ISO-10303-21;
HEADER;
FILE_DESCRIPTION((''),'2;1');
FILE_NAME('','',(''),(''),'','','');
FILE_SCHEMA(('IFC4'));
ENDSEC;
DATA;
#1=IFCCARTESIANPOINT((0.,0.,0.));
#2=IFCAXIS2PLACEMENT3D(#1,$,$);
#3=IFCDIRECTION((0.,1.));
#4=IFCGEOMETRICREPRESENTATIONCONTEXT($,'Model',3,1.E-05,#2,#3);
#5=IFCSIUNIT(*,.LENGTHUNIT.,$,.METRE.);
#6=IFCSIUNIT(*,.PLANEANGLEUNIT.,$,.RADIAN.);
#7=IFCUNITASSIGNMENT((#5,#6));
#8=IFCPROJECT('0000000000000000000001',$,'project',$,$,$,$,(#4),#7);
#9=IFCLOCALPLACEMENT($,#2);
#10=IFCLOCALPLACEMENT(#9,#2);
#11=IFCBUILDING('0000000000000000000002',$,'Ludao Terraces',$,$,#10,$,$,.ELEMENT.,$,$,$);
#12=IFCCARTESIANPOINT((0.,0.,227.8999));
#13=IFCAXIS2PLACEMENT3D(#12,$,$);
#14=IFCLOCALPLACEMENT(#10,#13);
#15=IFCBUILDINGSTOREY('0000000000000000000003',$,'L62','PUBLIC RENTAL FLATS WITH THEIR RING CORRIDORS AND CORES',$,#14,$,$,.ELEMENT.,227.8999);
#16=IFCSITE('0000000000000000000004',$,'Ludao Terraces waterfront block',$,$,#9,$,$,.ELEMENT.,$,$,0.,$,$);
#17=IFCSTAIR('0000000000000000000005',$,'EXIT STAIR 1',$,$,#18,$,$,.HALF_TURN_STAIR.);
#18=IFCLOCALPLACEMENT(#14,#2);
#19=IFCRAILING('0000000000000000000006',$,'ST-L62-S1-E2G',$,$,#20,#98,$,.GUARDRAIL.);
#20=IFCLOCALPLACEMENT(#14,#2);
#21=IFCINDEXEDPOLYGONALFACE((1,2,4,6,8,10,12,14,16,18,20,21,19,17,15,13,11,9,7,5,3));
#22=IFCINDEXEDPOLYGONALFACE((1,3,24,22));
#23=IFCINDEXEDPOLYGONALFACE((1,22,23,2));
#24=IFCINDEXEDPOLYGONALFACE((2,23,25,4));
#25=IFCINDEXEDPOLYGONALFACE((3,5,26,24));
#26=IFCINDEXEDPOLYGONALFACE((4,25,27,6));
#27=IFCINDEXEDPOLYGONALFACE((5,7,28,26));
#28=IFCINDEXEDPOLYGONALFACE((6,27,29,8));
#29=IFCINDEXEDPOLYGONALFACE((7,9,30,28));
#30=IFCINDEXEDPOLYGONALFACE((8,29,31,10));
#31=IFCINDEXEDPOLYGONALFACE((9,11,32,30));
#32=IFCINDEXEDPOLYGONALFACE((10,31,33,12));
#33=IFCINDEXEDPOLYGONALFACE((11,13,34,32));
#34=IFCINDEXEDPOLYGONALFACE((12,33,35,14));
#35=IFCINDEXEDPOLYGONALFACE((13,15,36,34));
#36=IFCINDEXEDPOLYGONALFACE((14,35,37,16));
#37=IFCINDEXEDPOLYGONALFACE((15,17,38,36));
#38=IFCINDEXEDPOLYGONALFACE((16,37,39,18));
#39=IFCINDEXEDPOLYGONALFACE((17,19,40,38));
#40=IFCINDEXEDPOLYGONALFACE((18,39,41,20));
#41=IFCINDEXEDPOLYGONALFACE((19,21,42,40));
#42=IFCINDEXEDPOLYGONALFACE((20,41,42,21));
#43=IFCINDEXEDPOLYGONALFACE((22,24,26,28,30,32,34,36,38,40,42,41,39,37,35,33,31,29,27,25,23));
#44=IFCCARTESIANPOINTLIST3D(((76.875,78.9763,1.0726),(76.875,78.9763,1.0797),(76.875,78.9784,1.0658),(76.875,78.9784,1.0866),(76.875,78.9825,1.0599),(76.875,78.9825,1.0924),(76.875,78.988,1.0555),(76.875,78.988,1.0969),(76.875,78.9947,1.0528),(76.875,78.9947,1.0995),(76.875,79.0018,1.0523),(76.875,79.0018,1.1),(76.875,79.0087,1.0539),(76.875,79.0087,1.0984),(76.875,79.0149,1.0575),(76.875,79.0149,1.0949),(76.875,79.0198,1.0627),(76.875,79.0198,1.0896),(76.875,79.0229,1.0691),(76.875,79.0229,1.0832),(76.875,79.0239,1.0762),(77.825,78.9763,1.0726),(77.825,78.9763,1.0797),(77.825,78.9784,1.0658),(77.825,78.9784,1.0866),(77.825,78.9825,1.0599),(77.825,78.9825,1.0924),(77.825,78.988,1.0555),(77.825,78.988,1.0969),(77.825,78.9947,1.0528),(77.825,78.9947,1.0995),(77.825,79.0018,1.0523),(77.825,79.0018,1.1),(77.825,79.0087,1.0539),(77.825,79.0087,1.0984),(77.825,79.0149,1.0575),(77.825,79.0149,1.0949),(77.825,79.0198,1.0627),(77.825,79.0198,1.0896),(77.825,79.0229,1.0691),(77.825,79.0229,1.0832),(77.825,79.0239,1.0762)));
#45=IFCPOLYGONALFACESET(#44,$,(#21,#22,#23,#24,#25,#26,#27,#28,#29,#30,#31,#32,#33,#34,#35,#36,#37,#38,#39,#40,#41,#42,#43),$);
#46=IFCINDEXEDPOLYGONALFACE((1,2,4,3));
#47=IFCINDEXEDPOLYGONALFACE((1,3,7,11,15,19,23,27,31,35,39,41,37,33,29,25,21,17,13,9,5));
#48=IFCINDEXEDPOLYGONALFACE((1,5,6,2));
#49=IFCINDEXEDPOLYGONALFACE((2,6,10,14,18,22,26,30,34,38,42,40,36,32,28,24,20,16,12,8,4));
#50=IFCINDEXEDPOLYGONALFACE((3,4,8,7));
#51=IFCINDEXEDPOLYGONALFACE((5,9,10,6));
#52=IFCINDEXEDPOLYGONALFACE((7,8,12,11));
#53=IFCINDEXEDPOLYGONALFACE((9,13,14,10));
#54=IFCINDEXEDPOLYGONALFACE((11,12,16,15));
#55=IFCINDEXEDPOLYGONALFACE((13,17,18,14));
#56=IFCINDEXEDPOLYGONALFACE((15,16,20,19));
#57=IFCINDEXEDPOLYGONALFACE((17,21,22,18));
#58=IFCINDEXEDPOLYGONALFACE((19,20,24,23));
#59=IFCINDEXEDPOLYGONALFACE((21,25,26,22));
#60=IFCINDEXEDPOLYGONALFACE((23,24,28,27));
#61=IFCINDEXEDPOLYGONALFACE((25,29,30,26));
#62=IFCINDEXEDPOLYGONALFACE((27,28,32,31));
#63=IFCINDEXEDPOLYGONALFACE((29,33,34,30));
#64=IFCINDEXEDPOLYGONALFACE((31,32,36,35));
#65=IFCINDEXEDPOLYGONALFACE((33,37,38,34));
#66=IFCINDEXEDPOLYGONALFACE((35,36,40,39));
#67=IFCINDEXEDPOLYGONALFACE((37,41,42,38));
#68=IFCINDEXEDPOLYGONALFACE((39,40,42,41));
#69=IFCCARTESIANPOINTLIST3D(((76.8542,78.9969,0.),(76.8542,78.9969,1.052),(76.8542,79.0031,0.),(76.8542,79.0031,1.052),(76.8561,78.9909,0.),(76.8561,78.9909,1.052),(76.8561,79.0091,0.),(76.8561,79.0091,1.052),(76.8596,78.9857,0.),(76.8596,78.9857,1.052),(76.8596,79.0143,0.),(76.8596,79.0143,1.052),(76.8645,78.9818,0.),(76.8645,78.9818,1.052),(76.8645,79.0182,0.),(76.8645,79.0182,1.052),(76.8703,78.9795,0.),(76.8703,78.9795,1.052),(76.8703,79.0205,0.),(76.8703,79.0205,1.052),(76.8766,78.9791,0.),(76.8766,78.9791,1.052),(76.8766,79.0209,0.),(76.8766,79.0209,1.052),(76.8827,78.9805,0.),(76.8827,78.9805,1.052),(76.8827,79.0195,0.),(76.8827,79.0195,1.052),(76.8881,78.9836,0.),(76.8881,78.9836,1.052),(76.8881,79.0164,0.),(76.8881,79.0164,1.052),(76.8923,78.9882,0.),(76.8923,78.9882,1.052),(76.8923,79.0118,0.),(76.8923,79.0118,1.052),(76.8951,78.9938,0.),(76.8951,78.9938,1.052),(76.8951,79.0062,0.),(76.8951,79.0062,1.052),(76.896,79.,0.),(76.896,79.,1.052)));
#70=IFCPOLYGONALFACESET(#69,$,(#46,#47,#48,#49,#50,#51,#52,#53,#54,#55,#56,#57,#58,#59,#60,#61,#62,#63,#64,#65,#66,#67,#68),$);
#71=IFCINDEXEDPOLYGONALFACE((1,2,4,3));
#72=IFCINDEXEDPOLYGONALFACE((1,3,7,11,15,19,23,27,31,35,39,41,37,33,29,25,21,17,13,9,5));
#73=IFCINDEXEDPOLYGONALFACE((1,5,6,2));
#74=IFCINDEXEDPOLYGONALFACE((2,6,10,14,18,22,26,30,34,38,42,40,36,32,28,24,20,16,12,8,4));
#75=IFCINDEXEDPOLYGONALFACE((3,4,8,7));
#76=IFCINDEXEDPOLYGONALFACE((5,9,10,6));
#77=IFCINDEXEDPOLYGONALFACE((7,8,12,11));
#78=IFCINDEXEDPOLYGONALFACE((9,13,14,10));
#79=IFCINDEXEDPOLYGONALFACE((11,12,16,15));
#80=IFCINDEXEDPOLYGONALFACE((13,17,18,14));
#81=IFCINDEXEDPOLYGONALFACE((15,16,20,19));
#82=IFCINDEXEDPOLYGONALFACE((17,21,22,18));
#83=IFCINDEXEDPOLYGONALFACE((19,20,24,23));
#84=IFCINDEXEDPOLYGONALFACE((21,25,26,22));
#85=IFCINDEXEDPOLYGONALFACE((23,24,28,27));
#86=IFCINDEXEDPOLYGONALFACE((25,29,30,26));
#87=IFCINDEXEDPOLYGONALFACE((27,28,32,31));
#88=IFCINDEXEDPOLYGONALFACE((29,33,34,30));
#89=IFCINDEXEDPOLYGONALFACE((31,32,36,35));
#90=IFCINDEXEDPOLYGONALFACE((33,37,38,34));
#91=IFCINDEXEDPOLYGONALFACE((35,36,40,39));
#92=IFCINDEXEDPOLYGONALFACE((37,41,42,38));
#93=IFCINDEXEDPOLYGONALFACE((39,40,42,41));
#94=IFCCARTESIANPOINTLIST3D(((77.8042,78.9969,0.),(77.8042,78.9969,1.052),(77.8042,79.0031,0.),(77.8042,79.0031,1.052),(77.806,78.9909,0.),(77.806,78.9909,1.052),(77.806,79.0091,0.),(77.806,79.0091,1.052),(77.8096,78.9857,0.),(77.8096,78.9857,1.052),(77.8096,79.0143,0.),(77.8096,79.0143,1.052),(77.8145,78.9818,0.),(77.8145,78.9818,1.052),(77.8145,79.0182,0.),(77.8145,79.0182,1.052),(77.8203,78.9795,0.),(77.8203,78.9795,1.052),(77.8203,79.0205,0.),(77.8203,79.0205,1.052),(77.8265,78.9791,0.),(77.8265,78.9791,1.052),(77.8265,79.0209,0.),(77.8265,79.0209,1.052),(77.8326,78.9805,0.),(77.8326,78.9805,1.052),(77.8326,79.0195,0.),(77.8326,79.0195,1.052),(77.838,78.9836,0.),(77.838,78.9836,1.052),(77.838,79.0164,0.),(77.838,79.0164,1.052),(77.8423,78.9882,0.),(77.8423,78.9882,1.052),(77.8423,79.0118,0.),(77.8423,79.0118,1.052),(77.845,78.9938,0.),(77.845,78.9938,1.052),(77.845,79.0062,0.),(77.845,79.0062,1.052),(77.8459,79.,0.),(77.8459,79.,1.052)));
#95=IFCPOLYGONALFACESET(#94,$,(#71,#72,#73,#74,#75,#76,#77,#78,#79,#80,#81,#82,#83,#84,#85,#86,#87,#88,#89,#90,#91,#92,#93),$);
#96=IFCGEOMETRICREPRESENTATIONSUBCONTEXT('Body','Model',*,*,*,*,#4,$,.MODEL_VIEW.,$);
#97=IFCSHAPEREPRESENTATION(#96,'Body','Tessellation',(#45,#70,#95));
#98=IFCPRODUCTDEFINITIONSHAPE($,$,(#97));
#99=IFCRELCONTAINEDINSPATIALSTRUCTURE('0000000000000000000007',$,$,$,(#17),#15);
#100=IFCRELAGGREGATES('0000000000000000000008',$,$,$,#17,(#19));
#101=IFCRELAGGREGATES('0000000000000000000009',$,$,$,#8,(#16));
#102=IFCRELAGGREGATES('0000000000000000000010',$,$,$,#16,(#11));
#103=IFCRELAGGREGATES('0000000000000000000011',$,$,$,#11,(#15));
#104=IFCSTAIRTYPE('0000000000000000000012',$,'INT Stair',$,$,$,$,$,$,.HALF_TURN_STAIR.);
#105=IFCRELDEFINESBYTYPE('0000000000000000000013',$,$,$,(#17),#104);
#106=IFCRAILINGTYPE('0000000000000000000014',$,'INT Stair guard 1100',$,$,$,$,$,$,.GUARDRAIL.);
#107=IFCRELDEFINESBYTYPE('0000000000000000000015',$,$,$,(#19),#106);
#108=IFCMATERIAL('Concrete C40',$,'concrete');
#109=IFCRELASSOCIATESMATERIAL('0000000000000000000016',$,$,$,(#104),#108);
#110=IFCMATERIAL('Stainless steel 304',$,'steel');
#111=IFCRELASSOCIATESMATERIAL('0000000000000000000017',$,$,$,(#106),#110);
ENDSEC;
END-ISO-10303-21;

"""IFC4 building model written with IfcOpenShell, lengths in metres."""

from ifc_helpers import new_model, si_unit, direction, frame, origin, origin_2d, place, context, subcontext, project, spatial, circle, extrude, material, type_object, element, aggregate, save


model = new_model("IFC4")

# Units and contexts
model_context = context("Model", 3, precision=1e-05, world=origin(), true_north=direction((0.0, 1.0)))
body_context = subcontext(model_context, "Body", "Model", "MODEL_VIEW")
ifc_project = project(units=[si_unit("LENGTHUNIT", "METRE"), si_unit("PLANEANGLEUNIT", "RADIAN")], contexts=[model_context])

# Site, building, storey
site_placement = place(None, origin())
site = spatial("IfcSite", under=ifc_project, at=site_placement, Name="Ludao Terraces waterfront block", CompositionType="ELEMENT", RefElevation=0.0)
building_placement = place(site_placement, origin())
building = spatial("IfcBuilding", under=site, at=building_placement, Name="Ludao Terraces", CompositionType="ELEMENT")
storey_placement = place(building_placement, frame((0.0, 0.0, 227.8999)))
storey = spatial("IfcBuildingStorey", under=building, at=storey_placement, Name="L62", Description="PUBLIC RENTAL FLATS WITH THEIR RING CORRIDORS AND CORES", CompositionType="ELEMENT", Elevation=227.8999)

# Shared definitions
ifc_material_1 = material(Name="Concrete C40", Category="concrete")

# Stair, railing
stair_type = type_object("IfcStairType", Name="INT Stair", PredefinedType="HALF_TURN_STAIR", material=ifc_material_1)
stair_placement = place(storey_placement, origin())
stair = element("IfcStair", 1, at=stair_placement, inside=storey, type_object=stair_type, Name="EXIT STAIR 1", PredefinedType="HALF_TURN_STAIR")
ifc_material_2 = material(Name="Stainless steel 304", Category="steel")
railing_type_1 = type_object("IfcRailingType", Name="INT Stair guard 1100", PredefinedType="GUARDRAIL", material=ifc_material_2)
railing_1_placement = place(storey_placement, frame((76.875, 79.0, 0.0)))
railing_1 = element("IfcRailing", 2, at=railing_1_placement, type_object=railing_type_1, Name="ST-L62-S1-E2G", PredefinedType="GUARDRAIL", context=body_context, shape_type="SweptSolid", body=[
    extrude(circle(Radius=0.0239, at=origin_2d()), frame((0.0, 0.0, 1.0762), z_axis=(1.0, 0.0, 0.0), x_axis=(0.0, 1.0, 0.0)), (0.0, 0.0, 1.0), 0.95),
    extrude(circle(Radius=0.021, at=origin_2d()), origin(), (0.0, 0.0, 1.0), 1.052),
    extrude(circle(Radius=0.021, at=origin_2d()), frame((0.95, 0.0, 0.0)), (0.0, 0.0, 1.0), 1.052),
])
aggregate(stair, [railing_1])

save(model, "model.ifc")
